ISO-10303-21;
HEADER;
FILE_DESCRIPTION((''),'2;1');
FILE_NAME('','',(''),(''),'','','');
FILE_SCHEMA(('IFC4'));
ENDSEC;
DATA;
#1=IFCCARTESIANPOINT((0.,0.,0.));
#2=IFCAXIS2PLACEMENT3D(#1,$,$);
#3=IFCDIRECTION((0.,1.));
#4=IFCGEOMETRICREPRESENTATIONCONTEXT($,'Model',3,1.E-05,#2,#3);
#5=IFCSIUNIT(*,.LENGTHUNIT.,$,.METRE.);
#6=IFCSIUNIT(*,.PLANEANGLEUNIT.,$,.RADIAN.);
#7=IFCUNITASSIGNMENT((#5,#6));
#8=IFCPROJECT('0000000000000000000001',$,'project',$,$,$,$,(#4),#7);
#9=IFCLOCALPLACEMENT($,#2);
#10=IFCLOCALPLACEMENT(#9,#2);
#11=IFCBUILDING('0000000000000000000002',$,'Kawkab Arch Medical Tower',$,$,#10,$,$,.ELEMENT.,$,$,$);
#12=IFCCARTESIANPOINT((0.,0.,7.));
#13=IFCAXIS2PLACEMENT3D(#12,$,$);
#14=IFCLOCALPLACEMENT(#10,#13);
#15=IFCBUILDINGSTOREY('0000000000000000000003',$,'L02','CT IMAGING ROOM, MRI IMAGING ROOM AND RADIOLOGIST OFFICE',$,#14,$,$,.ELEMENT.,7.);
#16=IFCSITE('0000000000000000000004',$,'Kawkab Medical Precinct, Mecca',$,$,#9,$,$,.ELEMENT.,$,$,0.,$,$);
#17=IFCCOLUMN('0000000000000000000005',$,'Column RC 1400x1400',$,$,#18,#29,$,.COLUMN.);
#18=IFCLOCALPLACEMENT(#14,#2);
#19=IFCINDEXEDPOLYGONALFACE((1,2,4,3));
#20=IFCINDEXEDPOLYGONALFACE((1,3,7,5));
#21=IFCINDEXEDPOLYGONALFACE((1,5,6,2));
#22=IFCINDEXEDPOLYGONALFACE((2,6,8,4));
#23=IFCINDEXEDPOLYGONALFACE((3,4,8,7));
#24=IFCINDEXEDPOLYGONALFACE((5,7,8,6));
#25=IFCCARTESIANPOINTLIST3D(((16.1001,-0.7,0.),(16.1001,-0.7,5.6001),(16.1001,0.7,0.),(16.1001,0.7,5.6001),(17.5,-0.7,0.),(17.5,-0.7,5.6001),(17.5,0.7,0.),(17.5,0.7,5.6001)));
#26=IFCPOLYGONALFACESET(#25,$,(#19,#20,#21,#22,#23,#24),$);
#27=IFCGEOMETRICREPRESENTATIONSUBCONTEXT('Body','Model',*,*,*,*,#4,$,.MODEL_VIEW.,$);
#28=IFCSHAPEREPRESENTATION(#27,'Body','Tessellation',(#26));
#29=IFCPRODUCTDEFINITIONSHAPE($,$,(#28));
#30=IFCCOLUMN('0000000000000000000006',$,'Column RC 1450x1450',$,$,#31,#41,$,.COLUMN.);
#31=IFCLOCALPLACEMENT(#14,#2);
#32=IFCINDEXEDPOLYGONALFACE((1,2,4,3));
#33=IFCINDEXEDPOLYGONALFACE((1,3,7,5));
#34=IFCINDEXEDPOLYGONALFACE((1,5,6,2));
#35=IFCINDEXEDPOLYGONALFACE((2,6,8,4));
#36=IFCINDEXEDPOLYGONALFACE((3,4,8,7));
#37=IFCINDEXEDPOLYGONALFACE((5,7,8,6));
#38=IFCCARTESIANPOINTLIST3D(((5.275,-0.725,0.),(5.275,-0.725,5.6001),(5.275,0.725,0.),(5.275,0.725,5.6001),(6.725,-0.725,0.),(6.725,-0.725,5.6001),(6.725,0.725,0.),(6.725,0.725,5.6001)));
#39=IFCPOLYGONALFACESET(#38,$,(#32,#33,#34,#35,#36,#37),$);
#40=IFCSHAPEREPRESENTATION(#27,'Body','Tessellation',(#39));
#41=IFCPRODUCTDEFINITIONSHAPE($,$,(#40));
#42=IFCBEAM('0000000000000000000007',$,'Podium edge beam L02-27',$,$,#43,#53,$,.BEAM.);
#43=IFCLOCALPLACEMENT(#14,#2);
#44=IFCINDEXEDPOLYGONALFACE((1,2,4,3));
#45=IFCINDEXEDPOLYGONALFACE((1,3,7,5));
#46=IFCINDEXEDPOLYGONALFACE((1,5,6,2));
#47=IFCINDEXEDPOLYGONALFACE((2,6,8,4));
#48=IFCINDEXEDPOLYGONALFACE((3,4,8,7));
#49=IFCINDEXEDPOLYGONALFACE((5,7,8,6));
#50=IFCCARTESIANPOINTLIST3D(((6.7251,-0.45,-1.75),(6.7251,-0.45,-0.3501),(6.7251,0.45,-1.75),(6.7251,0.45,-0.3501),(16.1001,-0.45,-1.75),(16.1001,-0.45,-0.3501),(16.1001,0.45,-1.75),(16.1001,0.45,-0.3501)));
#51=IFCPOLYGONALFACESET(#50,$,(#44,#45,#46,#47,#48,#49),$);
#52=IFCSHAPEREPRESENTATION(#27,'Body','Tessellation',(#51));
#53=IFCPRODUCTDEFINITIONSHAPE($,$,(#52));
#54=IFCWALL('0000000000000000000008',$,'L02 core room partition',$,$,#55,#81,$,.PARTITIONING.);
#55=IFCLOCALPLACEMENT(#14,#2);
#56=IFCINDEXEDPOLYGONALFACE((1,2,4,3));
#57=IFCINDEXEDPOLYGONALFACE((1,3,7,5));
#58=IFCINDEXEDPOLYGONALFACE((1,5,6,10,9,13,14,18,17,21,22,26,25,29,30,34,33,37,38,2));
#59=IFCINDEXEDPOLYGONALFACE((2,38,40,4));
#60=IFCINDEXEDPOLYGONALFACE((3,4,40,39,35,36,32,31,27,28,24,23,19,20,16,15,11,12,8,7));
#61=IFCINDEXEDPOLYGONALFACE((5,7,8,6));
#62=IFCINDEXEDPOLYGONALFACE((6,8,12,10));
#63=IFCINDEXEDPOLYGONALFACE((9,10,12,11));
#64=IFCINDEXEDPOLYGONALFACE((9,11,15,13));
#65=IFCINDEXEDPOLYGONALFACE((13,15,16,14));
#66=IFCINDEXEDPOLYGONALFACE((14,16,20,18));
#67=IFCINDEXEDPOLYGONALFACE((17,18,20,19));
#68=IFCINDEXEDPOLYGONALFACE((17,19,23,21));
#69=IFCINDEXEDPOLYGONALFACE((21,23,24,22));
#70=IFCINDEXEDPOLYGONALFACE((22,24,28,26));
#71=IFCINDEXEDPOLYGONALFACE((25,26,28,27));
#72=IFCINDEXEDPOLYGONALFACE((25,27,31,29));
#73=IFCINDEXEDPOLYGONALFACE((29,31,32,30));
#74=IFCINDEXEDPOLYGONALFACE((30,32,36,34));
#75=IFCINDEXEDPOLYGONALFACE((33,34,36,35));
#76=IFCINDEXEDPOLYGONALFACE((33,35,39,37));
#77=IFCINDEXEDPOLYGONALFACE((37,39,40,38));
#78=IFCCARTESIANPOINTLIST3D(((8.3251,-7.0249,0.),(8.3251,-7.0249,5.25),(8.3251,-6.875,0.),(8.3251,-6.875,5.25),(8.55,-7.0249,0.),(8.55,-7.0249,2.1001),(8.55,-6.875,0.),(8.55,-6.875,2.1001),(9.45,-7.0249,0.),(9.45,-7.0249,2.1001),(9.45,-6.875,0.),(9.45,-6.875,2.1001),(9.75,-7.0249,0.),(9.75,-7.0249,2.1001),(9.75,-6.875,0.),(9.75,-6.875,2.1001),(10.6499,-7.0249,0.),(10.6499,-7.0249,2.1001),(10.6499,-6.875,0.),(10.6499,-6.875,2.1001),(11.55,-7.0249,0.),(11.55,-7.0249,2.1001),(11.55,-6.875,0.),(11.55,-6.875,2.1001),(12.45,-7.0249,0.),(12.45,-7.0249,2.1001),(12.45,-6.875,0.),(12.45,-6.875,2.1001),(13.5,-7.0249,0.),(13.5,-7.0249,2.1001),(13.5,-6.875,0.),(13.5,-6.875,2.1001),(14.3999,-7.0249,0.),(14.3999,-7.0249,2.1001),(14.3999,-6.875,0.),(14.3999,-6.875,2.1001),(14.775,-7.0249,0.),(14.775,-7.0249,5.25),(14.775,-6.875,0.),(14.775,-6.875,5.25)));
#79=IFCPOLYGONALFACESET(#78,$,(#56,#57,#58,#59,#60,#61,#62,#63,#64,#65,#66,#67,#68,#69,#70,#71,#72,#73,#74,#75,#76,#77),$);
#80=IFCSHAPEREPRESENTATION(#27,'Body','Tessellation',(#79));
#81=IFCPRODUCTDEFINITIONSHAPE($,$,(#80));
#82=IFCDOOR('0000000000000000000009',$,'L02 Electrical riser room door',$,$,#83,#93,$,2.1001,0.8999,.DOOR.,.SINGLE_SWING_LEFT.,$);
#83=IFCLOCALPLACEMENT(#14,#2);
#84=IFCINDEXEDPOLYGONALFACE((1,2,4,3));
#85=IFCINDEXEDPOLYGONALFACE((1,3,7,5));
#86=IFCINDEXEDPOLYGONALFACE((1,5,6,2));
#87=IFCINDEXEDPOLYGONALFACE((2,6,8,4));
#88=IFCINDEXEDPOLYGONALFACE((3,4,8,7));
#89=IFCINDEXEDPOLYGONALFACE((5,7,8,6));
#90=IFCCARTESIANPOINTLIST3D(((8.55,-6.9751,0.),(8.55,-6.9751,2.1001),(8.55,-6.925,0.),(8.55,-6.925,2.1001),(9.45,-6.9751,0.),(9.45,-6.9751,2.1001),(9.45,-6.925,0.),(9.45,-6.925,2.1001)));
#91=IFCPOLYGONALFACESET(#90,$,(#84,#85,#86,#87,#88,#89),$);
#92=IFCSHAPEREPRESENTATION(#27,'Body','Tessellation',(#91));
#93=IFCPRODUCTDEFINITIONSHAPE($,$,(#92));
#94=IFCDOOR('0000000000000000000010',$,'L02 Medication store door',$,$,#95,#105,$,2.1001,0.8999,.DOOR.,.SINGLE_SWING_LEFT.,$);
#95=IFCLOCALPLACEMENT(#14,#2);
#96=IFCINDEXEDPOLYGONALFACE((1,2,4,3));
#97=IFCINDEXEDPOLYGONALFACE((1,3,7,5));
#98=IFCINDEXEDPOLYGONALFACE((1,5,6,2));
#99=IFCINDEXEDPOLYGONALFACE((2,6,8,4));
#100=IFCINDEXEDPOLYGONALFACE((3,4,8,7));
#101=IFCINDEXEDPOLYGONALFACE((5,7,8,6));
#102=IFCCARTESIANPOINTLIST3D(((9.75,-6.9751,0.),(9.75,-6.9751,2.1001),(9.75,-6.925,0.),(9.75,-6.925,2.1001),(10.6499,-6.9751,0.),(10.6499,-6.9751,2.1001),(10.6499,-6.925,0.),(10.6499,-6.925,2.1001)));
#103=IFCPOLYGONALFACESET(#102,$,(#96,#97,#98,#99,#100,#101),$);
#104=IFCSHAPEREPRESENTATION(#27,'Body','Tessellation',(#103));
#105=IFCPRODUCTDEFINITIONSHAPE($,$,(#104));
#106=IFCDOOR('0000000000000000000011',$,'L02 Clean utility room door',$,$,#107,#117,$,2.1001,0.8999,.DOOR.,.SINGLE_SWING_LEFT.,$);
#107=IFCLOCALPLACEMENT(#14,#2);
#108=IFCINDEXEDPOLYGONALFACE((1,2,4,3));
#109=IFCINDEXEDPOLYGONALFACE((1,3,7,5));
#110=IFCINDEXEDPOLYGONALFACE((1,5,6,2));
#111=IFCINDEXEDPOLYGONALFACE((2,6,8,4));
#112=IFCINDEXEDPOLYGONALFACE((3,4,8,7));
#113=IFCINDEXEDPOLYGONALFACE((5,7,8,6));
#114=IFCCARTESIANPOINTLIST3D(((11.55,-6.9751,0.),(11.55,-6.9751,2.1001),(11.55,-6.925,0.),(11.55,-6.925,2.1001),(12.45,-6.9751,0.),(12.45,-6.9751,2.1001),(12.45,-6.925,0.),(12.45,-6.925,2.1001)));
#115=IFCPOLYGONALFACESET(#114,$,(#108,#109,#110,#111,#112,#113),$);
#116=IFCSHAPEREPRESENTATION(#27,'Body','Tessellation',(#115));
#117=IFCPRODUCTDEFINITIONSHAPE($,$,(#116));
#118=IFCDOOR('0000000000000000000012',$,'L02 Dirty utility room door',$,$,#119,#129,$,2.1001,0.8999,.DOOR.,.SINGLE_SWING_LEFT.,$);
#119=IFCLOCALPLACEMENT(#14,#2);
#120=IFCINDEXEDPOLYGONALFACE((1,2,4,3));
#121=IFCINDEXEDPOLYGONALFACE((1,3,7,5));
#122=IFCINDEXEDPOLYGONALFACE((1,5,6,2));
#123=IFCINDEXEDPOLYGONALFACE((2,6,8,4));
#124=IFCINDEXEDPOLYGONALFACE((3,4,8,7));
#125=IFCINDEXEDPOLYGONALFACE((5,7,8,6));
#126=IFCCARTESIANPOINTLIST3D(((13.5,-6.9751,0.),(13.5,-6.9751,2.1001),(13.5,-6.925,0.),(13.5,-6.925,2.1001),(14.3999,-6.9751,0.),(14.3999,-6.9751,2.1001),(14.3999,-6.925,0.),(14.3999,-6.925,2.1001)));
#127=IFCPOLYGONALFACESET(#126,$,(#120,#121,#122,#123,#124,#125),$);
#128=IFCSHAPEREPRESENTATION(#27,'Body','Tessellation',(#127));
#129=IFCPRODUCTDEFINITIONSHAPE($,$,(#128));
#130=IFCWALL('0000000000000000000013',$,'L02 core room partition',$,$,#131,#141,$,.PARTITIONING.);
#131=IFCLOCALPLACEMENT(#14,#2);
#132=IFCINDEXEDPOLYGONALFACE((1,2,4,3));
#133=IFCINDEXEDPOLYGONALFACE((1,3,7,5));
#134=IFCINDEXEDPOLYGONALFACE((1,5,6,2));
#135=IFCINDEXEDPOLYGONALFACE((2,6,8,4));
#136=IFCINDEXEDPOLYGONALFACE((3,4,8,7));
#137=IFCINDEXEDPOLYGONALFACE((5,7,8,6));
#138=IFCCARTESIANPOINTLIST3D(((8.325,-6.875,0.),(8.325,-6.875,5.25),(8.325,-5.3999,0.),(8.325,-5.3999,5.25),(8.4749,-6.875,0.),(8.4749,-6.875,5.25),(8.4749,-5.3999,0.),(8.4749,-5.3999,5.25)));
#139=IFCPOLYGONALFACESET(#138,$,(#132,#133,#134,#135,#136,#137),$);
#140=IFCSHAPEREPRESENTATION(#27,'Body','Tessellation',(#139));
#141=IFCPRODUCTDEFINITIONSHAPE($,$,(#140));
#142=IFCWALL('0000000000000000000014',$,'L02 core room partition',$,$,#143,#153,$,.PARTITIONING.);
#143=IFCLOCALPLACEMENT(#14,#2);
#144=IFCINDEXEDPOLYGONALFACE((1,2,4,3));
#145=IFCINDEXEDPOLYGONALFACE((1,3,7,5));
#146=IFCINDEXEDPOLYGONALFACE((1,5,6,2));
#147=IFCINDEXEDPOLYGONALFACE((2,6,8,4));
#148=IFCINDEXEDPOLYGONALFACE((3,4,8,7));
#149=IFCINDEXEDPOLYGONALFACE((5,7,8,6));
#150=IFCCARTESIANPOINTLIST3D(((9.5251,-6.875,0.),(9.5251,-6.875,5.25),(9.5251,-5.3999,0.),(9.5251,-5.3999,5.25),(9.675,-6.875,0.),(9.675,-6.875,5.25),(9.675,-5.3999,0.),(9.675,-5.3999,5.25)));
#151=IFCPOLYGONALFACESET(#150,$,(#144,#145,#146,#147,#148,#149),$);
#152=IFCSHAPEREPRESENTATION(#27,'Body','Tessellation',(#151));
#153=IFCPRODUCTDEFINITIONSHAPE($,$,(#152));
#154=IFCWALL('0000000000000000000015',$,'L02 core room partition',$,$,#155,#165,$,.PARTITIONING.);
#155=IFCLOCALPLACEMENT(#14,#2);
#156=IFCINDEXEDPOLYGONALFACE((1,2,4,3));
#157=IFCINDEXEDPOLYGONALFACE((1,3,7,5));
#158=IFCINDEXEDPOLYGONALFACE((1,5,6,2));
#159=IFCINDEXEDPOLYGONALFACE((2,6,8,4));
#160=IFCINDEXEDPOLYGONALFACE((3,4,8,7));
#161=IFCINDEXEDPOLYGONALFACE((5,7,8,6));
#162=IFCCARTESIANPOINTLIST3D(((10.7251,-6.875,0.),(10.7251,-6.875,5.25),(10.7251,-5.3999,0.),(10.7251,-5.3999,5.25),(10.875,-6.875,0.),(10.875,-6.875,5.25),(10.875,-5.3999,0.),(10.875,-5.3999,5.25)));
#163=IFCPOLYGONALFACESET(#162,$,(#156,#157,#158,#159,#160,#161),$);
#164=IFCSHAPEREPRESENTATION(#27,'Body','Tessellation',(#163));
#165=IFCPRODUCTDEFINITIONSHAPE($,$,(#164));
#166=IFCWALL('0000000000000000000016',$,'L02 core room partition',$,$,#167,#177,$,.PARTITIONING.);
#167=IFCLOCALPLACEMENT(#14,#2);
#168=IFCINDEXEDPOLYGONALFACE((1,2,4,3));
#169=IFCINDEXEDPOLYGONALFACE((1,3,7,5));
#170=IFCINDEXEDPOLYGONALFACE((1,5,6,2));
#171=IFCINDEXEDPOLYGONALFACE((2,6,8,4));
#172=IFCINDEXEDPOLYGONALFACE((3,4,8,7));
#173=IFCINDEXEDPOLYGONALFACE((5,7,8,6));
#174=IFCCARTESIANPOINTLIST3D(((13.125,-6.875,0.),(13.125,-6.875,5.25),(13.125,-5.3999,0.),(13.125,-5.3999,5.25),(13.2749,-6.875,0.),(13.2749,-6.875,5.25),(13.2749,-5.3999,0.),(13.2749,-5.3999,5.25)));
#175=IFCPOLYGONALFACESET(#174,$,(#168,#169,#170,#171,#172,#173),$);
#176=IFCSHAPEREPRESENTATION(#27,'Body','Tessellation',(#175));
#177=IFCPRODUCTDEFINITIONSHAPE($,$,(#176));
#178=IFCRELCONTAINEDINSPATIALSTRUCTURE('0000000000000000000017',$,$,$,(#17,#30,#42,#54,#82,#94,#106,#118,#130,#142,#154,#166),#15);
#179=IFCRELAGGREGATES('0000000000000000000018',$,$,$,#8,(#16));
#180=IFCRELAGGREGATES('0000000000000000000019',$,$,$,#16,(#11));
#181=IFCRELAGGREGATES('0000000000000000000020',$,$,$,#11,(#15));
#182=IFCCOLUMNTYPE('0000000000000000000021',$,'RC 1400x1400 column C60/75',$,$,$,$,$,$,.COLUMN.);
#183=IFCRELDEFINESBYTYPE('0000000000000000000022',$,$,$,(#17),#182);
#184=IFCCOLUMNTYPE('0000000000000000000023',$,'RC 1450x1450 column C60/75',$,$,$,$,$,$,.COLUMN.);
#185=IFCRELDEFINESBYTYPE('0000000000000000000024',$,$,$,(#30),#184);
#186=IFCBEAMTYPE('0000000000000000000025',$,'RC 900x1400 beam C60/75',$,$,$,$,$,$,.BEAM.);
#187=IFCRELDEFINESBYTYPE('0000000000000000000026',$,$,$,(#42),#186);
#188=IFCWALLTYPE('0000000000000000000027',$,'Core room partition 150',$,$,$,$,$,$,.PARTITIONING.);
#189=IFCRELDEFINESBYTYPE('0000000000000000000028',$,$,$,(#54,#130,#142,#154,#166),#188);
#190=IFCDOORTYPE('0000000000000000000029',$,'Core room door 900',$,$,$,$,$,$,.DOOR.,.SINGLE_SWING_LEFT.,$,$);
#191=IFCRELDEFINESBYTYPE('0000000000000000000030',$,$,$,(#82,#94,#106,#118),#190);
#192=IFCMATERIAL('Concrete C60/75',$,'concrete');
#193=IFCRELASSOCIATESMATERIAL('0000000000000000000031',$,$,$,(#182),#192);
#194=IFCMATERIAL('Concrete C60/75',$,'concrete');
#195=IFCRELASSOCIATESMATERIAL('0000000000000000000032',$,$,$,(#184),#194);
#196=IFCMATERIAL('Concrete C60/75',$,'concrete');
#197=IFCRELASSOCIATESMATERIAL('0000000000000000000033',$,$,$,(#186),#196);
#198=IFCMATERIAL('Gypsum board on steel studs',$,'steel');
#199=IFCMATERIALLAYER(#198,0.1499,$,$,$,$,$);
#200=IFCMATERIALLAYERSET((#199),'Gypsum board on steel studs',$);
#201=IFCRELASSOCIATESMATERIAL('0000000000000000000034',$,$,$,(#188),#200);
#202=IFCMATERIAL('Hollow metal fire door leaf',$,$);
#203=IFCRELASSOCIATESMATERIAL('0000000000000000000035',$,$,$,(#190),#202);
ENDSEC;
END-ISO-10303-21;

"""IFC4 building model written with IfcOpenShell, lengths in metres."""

from ifc_helpers import new_model, si_unit, direction, frame, frame_2d, origin, origin_2d, place, context, subcontext, project, spatial, rectangle, extrude, material, layer, layer_set, material_profile, profile_set, type_object, element, fill, save


model = new_model("IFC4")

# Units and contexts
model_context = context("Model", 3, precision=1e-05, world=origin(), true_north=direction((0.0, 1.0)))
body_context = subcontext(model_context, "Body", "Model", "MODEL_VIEW")
ifc_project = project(units=[si_unit("LENGTHUNIT", "METRE"), si_unit("PLANEANGLEUNIT", "RADIAN")], contexts=[model_context])

# Site, building, storey
site_placement = place(None, origin())
site = spatial("IfcSite", under=ifc_project, at=site_placement, Name="Kawkab Medical Precinct, Mecca", CompositionType="ELEMENT", RefElevation=0.0)
building_placement = place(site_placement, origin())
building = spatial("IfcBuilding", under=site, at=building_placement, Name="Kawkab Arch Medical Tower", CompositionType="ELEMENT")
storey_placement = place(building_placement, frame((0.0, 0.0, 7.0)))
storey = spatial("IfcBuildingStorey", under=building, at=storey_placement, Name="L02", Description="CT IMAGING ROOM, MRI IMAGING ROOM AND RADIOLOGIST OFFICE", CompositionType="ELEMENT", Elevation=7.0)

# Columns
ifc_material_1 = material(Name="Concrete C60/75", Category="concrete")
ifc_material_profile_1 = material_profile(ifc_material_1, rectangle(XDim=1.3999, YDim=1.3999, at=origin_2d()), Name="RC 1400x1400")
ifc_profile_set_1 = profile_set([ifc_material_profile_1], Name="Concrete C60/75")
column_type_1 = type_object("IfcColumnType", Name="RC 1400x1400 column C60/75", PredefinedType="COLUMN", material=ifc_profile_set_1)
column_1_placement = place(storey_placement, frame((16.8, 0.0, 0.0), z_axis=(0.0, 0.0, 1.0), x_axis=(1.0, 0.0, 0.0)))
element("IfcColumn", 1, at=column_1_placement, inside=storey, type_object=column_type_1, Name="Column RC 1400x1400", PredefinedType="COLUMN", context=body_context, shape_type="SweptSolid", body=[
    extrude(rectangle(XDim=1.3999, YDim=1.3999, at=origin_2d()), origin(), (0.0, 0.0, 1.0), 5.6001),
])
ifc_material_2 = material(Name="Concrete C60/75", Category="concrete")
ifc_material_profile_2 = material_profile(ifc_material_2, rectangle(XDim=1.45, YDim=1.45, at=origin_2d()), Name="RC 1450x1450")
ifc_profile_set_2 = profile_set([ifc_material_profile_2], Name="Concrete C60/75")
column_type_2 = type_object("IfcColumnType", Name="RC 1450x1450 column C60/75", PredefinedType="COLUMN", material=ifc_profile_set_2)
column_2_placement = place(storey_placement, frame((6.0, 0.0, 0.0), z_axis=(0.0, 0.0, 1.0), x_axis=(1.0, 0.0, 0.0)))
element("IfcColumn", 2, at=column_2_placement, inside=storey, type_object=column_type_2, Name="Column RC 1450x1450", PredefinedType="COLUMN", context=body_context, shape_type="SweptSolid", body=[
    extrude(rectangle(XDim=1.45, YDim=1.45, at=origin_2d()), origin(), (0.0, 0.0, 1.0), 5.6001),
])

# Beam
ifc_material_3 = material(Name="Concrete C60/75", Category="concrete")
ifc_material_profile_3 = material_profile(ifc_material_3, rectangle(XDim=0.8999, YDim=1.3999, at=origin_2d()), Name="RC 900x1400")
ifc_profile_set_3 = profile_set([ifc_material_profile_3], Name="Concrete C60/75")
beam_type = type_object("IfcBeamType", Name="RC 900x1400 beam C60/75", PredefinedType="BEAM", material=ifc_profile_set_3)
beam_placement = place(storey_placement, frame((16.1001, 0.0, -1.05), z_axis=(-1.0, 0.0, 0.0), x_axis=(0.0, -1.0, 0.0)))
element("IfcBeam", 3, at=beam_placement, inside=storey, type_object=beam_type, Name="Podium edge beam L02-27", PredefinedType="BEAM", context=body_context, shape_type="SweptSolid", body=[
    extrude(rectangle(XDim=0.8999, YDim=1.3999, at=origin_2d()), origin(), (0.0, 0.0, 1.0), 9.375),
])

# Wall, openings, doors
ifc_material_4 = material(Name="Gypsum board on steel studs", Category="steel")
ifc_layer_1 = layer(ifc_material_4, 0.1499)
ifc_layer_set_1 = layer_set([ifc_layer_1], Name="Gypsum board on steel studs")
wall_type_1 = type_object("IfcWallType", Name="Core room partition 150", PredefinedType="PARTITIONING", material=ifc_layer_set_1)
wall_1_placement = place(storey_placement, frame((8.325, -6.95, 0.0), z_axis=(0.0, 0.0, 1.0), x_axis=(1.0, 0.0, 0.0)))
wall_1 = element("IfcWall", 4, at=wall_1_placement, inside=storey, type_object=wall_type_1, Name="L02 core room partition", PredefinedType="PARTITIONING", context=body_context, shape_type="SweptSolid", body=[
    extrude(rectangle(XDim=6.45, YDim=0.1499, at=frame_2d((3.2251, 0.0))), origin(), (0.0, 0.0, 1.0), 5.25),
])
opening_1_placement = place(wall_1_placement, frame((0.2251, 0.0, 0.0)))
opening_1 = element("IfcOpeningElement", 5, at=opening_1_placement, cuts=wall_1, PredefinedType="OPENING", context=body_context, shape_type="SweptSolid", body=[
    extrude(rectangle(XDim=0.8999, YDim=2.1001, at=frame_2d((0.45, 1.05))), frame((0.0, 0.085, 0.0), z_axis=(0.0, -1.0, 0.0), x_axis=(1.0, 0.0, 0.0)), (0.0, 0.0, 1.0), 0.1699),
])
opening_2_placement = place(wall_1_placement, frame((1.425, 0.0, 0.0)))
opening_2 = element("IfcOpeningElement", 6, at=opening_2_placement, cuts=wall_1, PredefinedType="OPENING", context=body_context, shape_type="SweptSolid", body=[
    extrude(rectangle(XDim=0.8999, YDim=2.1001, at=frame_2d((0.45, 1.05))), frame((0.0, 0.085, 0.0), z_axis=(0.0, -1.0, 0.0), x_axis=(1.0, 0.0, 0.0)), (0.0, 0.0, 1.0), 0.1699),
])
opening_3_placement = place(wall_1_placement, frame((3.2251, 0.0, 0.0)))
opening_3 = element("IfcOpeningElement", 7, at=opening_3_placement, cuts=wall_1, PredefinedType="OPENING", context=body_context, shape_type="SweptSolid", body=[
    extrude(rectangle(XDim=0.8999, YDim=2.1001, at=frame_2d((0.45, 1.05))), frame((0.0, 0.085, 0.0), z_axis=(0.0, -1.0, 0.0), x_axis=(1.0, 0.0, 0.0)), (0.0, 0.0, 1.0), 0.1699),
])
opening_4_placement = place(wall_1_placement, frame((5.175, 0.0, 0.0)))
opening_4 = element("IfcOpeningElement", 8, at=opening_4_placement, cuts=wall_1, PredefinedType="OPENING", context=body_context, shape_type="SweptSolid", body=[
    extrude(rectangle(XDim=0.8999, YDim=2.1001, at=frame_2d((0.45, 1.05))), frame((0.0, 0.085, 0.0), z_axis=(0.0, -1.0, 0.0), x_axis=(1.0, 0.0, 0.0)), (0.0, 0.0, 1.0), 0.1699),
])
ifc_material_5 = material(Name="Hollow metal fire door leaf")
door_type = type_object("IfcDoorType", Name="Core room door 900", OperationType="SINGLE_SWING_LEFT", PredefinedType="DOOR", material=ifc_material_5)
door_1_placement = place(opening_1_placement, origin())
door_1 = element("IfcDoor", 9, at=door_1_placement, inside=storey, type_object=door_type, Name="L02 Electrical riser room door", OperationType="SINGLE_SWING_LEFT", OverallHeight=2.1001, OverallWidth=0.8999, PredefinedType="DOOR", context=body_context, shape_type="SweptSolid", body=[
    extrude(rectangle(XDim=0.8999, YDim=2.1001, at=frame_2d((0.45, 1.05))), frame((0.0, 0.0249, 0.0), z_axis=(0.0, -1.0, 0.0), x_axis=(1.0, 0.0, 0.0)), (0.0, 0.0, 1.0), 0.05),
])
fill(opening_1, door_1)
door_2_placement = place(opening_2_placement, origin())
door_2 = element("IfcDoor", 10, at=door_2_placement, inside=storey, type_object=door_type, Name="L02 Medication store door", OperationType="SINGLE_SWING_LEFT", OverallHeight=2.1001, OverallWidth=0.8999, PredefinedType="DOOR", context=body_context, shape_type="SweptSolid", body=[
    extrude(rectangle(XDim=0.8999, YDim=2.1001, at=frame_2d((0.45, 1.05))), frame((0.0, 0.0249, 0.0), z_axis=(0.0, -1.0, 0.0), x_axis=(1.0, 0.0, 0.0)), (0.0, 0.0, 1.0), 0.05),
])
fill(opening_2, door_2)
door_3_placement = place(opening_3_placement, origin())
door_3 = element("IfcDoor", 11, at=door_3_placement, inside=storey, type_object=door_type, Name="L02 Clean utility room door", OperationType="SINGLE_SWING_LEFT", OverallHeight=2.1001, OverallWidth=0.8999, PredefinedType="DOOR", context=body_context, shape_type="SweptSolid", body=[
    extrude(rectangle(XDim=0.8999, YDim=2.1001, at=frame_2d((0.45, 1.05))), frame((0.0, 0.0249, 0.0), z_axis=(0.0, -1.0, 0.0), x_axis=(1.0, 0.0, 0.0)), (0.0, 0.0, 1.0), 0.05),
])
fill(opening_3, door_3)
door_4_placement = place(opening_4_placement, origin())
door_4 = element("IfcDoor", 12, at=door_4_placement, inside=storey, type_object=door_type, Name="L02 Dirty utility room door", OperationType="SINGLE_SWING_LEFT", OverallHeight=2.1001, OverallWidth=0.8999, PredefinedType="DOOR", context=body_context, shape_type="SweptSolid", body=[
    extrude(rectangle(XDim=0.8999, YDim=2.1001, at=frame_2d((0.45, 1.05))), frame((0.0, 0.0249, 0.0), z_axis=(0.0, -1.0, 0.0), x_axis=(1.0, 0.0, 0.0)), (0.0, 0.0, 1.0), 0.05),
])
fill(opening_4, door_4)

# Walls
for number, where, z_axis, x_axis, name in (
    (13, (8.3999, -6.875, 0.0), (0.0, 0.0, 1.0), (0.0, 1.0, 0.0), "L02 core room partition"),
    (14, (9.6001, -6.875, 0.0), (0.0, 0.0, 1.0), (0.0, 1.0, 0.0), "L02 core room partition"),
    (15, (10.8, -6.875, 0.0), (0.0, 0.0, 1.0), (0.0, 1.0, 0.0), "L02 core room partition"),
    (16, (13.2, -6.875, 0.0), (0.0, 0.0, 1.0), (0.0, 1.0, 0.0), "L02 core room partition"),
):
    element("IfcWall", number, at=place(storey_placement, frame(where, z_axis=z_axis, x_axis=x_axis)), inside=storey, type_object=wall_type_1, Name=name, PredefinedType="PARTITIONING", context=body_context, shape_type="SweptSolid", body=[
        extrude(rectangle(XDim=1.4751, YDim=0.1499, at=frame_2d((0.7375, 0.0))), origin(), (0.0, 0.0, 1.0), 5.25),
    ])

save(model, "model.ifc")
